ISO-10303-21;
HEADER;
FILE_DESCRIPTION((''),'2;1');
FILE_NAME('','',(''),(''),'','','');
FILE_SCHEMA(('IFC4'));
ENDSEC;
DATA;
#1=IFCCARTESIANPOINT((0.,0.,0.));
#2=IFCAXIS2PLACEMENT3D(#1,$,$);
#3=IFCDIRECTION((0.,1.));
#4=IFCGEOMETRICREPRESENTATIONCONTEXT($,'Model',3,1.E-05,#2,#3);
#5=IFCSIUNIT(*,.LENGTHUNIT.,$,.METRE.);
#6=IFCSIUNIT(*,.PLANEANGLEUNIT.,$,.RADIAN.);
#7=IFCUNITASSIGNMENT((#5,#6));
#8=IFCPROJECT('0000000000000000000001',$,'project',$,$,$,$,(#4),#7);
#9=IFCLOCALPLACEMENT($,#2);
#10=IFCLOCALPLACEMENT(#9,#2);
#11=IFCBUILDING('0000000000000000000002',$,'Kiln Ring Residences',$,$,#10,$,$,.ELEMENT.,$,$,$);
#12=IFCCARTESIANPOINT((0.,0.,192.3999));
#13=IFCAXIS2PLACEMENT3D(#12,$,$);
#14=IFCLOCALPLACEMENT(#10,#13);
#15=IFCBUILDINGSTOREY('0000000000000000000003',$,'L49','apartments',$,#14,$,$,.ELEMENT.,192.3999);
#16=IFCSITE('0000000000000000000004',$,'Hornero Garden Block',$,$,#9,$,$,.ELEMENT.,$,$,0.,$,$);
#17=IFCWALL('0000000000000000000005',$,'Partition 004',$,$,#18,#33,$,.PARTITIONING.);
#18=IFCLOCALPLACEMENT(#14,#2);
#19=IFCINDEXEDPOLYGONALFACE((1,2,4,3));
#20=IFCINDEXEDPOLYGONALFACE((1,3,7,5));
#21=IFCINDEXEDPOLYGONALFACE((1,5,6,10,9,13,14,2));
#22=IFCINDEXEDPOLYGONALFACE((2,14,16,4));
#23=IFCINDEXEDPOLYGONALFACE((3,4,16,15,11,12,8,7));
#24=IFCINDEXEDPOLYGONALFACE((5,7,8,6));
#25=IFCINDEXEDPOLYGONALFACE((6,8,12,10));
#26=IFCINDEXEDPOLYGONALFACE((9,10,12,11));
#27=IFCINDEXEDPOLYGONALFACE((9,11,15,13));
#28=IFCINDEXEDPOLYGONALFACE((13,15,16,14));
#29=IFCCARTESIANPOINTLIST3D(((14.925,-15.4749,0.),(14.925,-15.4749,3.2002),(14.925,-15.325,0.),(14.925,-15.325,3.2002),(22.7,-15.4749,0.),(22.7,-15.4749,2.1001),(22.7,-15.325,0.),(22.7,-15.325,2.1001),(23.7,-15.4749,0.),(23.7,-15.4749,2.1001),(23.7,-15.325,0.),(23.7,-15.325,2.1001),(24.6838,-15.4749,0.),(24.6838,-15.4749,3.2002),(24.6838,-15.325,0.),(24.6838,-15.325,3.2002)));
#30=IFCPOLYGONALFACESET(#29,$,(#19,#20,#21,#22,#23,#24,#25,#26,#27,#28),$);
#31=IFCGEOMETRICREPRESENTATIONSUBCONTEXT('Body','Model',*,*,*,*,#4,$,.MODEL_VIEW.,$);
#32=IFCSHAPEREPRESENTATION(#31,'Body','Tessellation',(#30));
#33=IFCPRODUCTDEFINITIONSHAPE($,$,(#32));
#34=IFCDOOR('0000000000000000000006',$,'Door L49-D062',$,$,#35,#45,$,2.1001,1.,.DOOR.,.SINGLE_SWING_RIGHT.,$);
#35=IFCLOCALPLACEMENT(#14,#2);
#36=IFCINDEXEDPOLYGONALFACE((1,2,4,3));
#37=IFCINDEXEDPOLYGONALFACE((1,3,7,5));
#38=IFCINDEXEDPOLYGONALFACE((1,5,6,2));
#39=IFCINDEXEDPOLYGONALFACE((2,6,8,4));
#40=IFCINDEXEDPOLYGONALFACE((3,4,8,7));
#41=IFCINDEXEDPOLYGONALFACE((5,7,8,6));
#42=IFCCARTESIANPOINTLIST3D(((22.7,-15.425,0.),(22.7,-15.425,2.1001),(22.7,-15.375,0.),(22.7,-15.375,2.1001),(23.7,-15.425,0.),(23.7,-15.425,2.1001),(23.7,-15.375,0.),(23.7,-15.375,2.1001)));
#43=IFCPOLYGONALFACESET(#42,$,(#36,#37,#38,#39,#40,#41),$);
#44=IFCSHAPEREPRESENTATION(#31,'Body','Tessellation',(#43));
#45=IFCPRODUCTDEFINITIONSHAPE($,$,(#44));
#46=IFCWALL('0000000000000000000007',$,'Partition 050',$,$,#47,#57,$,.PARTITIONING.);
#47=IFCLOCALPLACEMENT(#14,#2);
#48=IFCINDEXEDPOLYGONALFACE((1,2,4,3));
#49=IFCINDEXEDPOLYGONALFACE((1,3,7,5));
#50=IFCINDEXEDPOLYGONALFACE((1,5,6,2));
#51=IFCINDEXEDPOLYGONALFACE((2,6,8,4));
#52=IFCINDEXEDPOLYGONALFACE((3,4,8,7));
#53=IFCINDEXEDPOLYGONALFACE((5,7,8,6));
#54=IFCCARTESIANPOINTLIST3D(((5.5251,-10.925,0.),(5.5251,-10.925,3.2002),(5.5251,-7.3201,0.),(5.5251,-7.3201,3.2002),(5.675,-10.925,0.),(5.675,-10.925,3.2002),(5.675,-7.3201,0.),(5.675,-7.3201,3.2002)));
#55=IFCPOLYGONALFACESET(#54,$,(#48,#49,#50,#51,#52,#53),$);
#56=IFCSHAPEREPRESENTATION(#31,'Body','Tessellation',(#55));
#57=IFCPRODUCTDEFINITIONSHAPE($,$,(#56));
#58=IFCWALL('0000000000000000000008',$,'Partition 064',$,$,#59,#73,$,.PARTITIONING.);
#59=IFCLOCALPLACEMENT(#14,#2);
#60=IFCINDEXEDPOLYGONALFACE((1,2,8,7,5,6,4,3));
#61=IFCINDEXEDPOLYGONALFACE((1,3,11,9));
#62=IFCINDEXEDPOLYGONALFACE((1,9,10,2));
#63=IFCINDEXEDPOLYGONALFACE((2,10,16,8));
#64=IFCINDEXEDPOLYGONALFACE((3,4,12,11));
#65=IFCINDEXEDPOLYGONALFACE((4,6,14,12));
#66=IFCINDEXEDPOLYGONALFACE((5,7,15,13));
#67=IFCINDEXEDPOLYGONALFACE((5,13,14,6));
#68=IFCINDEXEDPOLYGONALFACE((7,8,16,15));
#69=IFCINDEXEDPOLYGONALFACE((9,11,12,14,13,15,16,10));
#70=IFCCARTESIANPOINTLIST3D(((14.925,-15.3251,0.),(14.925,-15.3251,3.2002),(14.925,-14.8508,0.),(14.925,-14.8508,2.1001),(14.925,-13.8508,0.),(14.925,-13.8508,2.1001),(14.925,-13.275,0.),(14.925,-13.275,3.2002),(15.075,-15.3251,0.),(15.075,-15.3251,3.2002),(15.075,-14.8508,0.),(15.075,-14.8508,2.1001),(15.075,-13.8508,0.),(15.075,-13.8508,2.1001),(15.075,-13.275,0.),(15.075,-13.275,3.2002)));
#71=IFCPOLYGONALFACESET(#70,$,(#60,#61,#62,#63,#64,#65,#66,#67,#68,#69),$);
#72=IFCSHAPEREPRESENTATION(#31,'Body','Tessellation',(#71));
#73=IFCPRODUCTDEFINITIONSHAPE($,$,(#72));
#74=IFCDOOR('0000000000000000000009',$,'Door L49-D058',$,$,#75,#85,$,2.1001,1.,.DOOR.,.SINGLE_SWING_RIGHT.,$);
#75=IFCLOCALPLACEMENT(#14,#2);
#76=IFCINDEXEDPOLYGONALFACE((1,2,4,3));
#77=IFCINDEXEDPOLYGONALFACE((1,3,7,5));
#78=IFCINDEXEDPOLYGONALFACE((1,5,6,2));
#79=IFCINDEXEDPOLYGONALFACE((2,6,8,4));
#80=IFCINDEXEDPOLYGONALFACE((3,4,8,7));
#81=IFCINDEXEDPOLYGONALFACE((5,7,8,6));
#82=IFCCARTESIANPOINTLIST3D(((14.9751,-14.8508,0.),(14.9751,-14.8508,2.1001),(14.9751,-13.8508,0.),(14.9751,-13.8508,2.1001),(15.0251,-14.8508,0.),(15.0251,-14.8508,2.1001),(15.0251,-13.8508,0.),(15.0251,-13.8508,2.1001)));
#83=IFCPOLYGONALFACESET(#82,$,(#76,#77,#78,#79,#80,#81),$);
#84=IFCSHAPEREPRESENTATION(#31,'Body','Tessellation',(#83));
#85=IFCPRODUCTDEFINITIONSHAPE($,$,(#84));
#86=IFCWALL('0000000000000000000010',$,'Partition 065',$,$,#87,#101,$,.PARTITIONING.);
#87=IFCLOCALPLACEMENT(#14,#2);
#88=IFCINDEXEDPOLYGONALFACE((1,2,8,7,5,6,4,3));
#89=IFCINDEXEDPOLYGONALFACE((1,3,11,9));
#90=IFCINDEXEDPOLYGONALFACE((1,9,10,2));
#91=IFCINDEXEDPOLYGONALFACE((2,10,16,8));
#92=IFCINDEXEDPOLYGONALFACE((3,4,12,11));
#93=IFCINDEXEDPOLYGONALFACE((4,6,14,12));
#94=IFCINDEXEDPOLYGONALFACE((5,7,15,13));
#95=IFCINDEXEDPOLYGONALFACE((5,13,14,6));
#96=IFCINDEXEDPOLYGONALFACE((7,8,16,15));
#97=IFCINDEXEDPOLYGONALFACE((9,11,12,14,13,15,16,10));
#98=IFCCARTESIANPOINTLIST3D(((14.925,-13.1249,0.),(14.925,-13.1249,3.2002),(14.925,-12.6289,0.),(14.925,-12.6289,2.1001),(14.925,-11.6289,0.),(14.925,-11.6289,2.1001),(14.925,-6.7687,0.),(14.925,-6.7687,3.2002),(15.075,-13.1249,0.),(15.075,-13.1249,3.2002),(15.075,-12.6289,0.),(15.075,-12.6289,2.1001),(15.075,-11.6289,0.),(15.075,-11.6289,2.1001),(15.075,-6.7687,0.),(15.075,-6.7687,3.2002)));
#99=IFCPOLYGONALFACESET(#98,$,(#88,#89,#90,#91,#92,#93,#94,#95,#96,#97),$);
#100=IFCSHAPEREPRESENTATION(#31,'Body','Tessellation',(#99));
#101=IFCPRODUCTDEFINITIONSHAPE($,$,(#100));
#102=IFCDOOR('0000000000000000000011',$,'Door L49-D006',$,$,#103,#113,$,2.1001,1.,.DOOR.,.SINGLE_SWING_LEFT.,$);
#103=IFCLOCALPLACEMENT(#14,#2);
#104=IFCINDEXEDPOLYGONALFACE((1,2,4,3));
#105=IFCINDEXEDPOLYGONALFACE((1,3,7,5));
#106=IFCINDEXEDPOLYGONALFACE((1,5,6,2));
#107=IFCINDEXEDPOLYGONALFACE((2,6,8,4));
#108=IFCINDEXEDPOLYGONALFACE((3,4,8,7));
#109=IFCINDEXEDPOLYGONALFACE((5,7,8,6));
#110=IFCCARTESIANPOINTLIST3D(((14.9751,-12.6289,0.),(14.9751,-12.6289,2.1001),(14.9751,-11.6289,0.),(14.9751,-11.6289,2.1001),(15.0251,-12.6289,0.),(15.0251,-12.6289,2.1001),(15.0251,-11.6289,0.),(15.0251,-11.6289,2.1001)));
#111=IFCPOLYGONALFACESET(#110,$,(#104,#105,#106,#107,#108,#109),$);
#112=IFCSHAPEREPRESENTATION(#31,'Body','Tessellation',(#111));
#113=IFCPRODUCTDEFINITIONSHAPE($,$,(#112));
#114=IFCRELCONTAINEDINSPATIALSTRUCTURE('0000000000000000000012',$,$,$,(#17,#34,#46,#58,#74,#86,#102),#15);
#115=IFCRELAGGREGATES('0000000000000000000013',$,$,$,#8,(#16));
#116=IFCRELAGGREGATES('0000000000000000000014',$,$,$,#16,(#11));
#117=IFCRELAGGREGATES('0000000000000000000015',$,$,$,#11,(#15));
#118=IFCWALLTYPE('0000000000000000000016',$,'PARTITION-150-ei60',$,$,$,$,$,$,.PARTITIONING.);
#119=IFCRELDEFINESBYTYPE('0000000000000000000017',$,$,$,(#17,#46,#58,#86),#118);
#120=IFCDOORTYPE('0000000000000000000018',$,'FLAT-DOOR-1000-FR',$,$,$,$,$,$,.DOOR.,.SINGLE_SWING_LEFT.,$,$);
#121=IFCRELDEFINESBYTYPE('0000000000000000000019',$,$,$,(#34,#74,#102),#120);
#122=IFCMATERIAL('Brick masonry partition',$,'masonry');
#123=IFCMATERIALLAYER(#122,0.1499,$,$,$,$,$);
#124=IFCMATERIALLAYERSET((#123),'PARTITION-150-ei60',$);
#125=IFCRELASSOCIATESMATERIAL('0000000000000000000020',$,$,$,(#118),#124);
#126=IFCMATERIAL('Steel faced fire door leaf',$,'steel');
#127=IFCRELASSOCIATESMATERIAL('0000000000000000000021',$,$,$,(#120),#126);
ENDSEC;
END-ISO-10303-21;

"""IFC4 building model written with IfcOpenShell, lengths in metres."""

from ifc_helpers import new_model, si_unit, direction, frame, frame_2d, origin, place, context, subcontext, project, spatial, rectangle, extrude, material, layer, layer_set, type_object, element, fill, save


model = new_model("IFC4")

# Units and contexts
model_context = context("Model", 3, precision=1e-05, world=origin(), true_north=direction((0.0, 1.0)))
body_context = subcontext(model_context, "Body", "Model", "MODEL_VIEW")
ifc_project = project(units=[si_unit("LENGTHUNIT", "METRE"), si_unit("PLANEANGLEUNIT", "RADIAN")], contexts=[model_context])

# Site, building, storey
site_placement = place(None, origin())
site = spatial("IfcSite", under=ifc_project, at=site_placement, Name="Hornero Garden Block", CompositionType="ELEMENT", RefElevation=0.0)
building_placement = place(site_placement, origin())
building = spatial("IfcBuilding", under=site, at=building_placement, Name="Kiln Ring Residences", CompositionType="ELEMENT")
storey_placement = place(building_placement, frame((0.0, 0.0, 192.3999)))
storey = spatial("IfcBuildingStorey", under=building, at=storey_placement, Name="L49", Description="apartments", CompositionType="ELEMENT", Elevation=192.3999)

# Wall, opening, door
ifc_material_1 = material(Name="Brick masonry partition", Category="masonry")
ifc_layer_1 = layer(ifc_material_1, 0.1499)
ifc_layer_set_1 = layer_set([ifc_layer_1], Name="PARTITION-150-ei60")
wall_type_1 = type_object("IfcWallType", Name="PARTITION-150-ei60", PredefinedType="PARTITIONING", material=ifc_layer_set_1)
wall_1_placement = place(storey_placement, frame((14.925, -15.3999, 0.0), z_axis=(0.0, 0.0, 1.0), x_axis=(1.0, 0.0, 0.0)))
wall_1 = element("IfcWall", 1, at=wall_1_placement, inside=storey, type_object=wall_type_1, Name="Partition 004", PredefinedType="PARTITIONING", context=body_context, shape_type="SweptSolid", body=[
    extrude(rectangle(XDim=9.7588, YDim=0.1499, at=frame_2d((4.8794, 0.0))), origin(), (0.0, 0.0, 1.0), 3.2002),
])
opening_1_placement = place(wall_1_placement, frame((7.7749, 0.0, 0.0)))
opening_1 = element("IfcOpeningElement", 2, at=opening_1_placement, cuts=wall_1, PredefinedType="OPENING", context=body_context, shape_type="SweptSolid", body=[
    extrude(rectangle(XDim=1.0, YDim=2.1001, at=frame_2d((0.5, 1.05))), frame((0.0, 0.085, 0.0), z_axis=(0.0, -1.0, 0.0), x_axis=(1.0, 0.0, 0.0)), (0.0, 0.0, 1.0), 0.1699),
])
ifc_material_2 = material(Name="Steel faced fire door leaf", Category="steel")
door_type_1 = type_object("IfcDoorType", Name="FLAT-DOOR-1000-FR", OperationType="SINGLE_SWING_LEFT", PredefinedType="DOOR", material=ifc_material_2)
door_1_placement = place(opening_1_placement, origin())
door_1 = element("IfcDoor", 3, at=door_1_placement, inside=storey, type_object=door_type_1, Name="Door L49-D062", OperationType="SINGLE_SWING_RIGHT", OverallHeight=2.1001, OverallWidth=1.0, PredefinedType="DOOR", context=body_context, shape_type="SweptSolid", body=[
    extrude(rectangle(XDim=1.0, YDim=2.1001, at=frame_2d((0.5, 1.05))), frame((0.0, 0.0249, 0.0), z_axis=(0.0, -1.0, 0.0), x_axis=(1.0, 0.0, 0.0)), (0.0, 0.0, 1.0), 0.05),
])
fill(opening_1, door_1)

# Wall
wall_2_placement = place(storey_placement, frame((5.6001, -10.925, 0.0), z_axis=(0.0, 0.0, 1.0), x_axis=(0.0, 1.0, 0.0)))
element("IfcWall", 4, at=wall_2_placement, inside=storey, type_object=wall_type_1, Name="Partition 050", PredefinedType="PARTITIONING", context=body_context, shape_type="SweptSolid", body=[
    extrude(rectangle(XDim=3.605, YDim=0.1499, at=frame_2d((1.8025, 0.0))), origin(), (0.0, 0.0, 1.0), 3.2002),
])

# Walls, openings, doors
wall_3_placement = place(storey_placement, frame((15.0, -15.325, 0.0), z_axis=(0.0, 0.0, 1.0), x_axis=(0.0, 1.0, 0.0)))
wall_3 = element("IfcWall", 5, at=wall_3_placement, inside=storey, type_object=wall_type_1, Name="Partition 064", PredefinedType="PARTITIONING", context=body_context, shape_type="SweptSolid", body=[
    extrude(rectangle(XDim=2.05, YDim=0.1499, at=frame_2d((1.0249, 0.0))), origin(), (0.0, 0.0, 1.0), 3.2002),
])
opening_2_placement = place(wall_3_placement, frame((0.4741, 0.0, 0.0)))
opening_2 = element("IfcOpeningElement", 6, at=opening_2_placement, cuts=wall_3, PredefinedType="OPENING", context=body_context, shape_type="SweptSolid", body=[
    extrude(rectangle(XDim=1.0, YDim=2.1001, at=frame_2d((0.5, 1.05))), frame((0.0, 0.085, 0.0), z_axis=(0.0, -1.0, 0.0), x_axis=(1.0, 0.0, 0.0)), (0.0, 0.0, 1.0), 0.1699),
])
door_2_placement = place(opening_2_placement, origin())
door_2 = element("IfcDoor", 7, at=door_2_placement, inside=storey, type_object=door_type_1, Name="Door L49-D058", OperationType="SINGLE_SWING_RIGHT", OverallHeight=2.1001, OverallWidth=1.0, PredefinedType="DOOR", context=body_context, shape_type="SweptSolid", body=[
    extrude(rectangle(XDim=1.0, YDim=2.1001, at=frame_2d((0.5, 1.05))), frame((0.0, 0.0249, 0.0), z_axis=(0.0, -1.0, 0.0), x_axis=(1.0, 0.0, 0.0)), (0.0, 0.0, 1.0), 0.05),
])
fill(opening_2, door_2)
wall_4_placement = place(storey_placement, frame((15.0, -13.125, 0.0), z_axis=(0.0, 0.0, 1.0), x_axis=(0.0, 1.0, 0.0)))
wall_4 = element("IfcWall", 8, at=wall_4_placement, inside=storey, type_object=wall_type_1, Name="Partition 065", PredefinedType="PARTITIONING", context=body_context, shape_type="SweptSolid", body=[
    extrude(rectangle(XDim=6.3562, YDim=0.1499, at=frame_2d((3.1782, 0.0))), origin(), (0.0, 0.0, 1.0), 3.2002),
])
opening_3_placement = place(wall_4_placement, frame((0.4961, 0.0, 0.0)))
opening_3 = element("IfcOpeningElement", 9, at=opening_3_placement, cuts=wall_4, PredefinedType="OPENING", context=body_context, shape_type="SweptSolid", body=[
    extrude(rectangle(XDim=1.0, YDim=2.1001, at=frame_2d((0.5, 1.05))), frame((0.0, 0.085, 0.0), z_axis=(0.0, -1.0, 0.0), x_axis=(1.0, 0.0, 0.0)), (0.0, 0.0, 1.0), 0.1699),
])
door_3_placement = place(opening_3_placement, origin())
door_3 = element("IfcDoor", 10, at=door_3_placement, inside=storey, type_object=door_type_1, Name="Door L49-D006", OperationType="SINGLE_SWING_LEFT", OverallHeight=2.1001, OverallWidth=1.0, PredefinedType="DOOR", context=body_context, shape_type="SweptSolid", body=[
    extrude(rectangle(XDim=1.0, YDim=2.1001, at=frame_2d((0.5, 1.05))), frame((0.0, 0.0249, 0.0), z_axis=(0.0, -1.0, 0.0), x_axis=(1.0, 0.0, 0.0)), (0.0, 0.0, 1.0), 0.05),
])
fill(opening_3, door_3)

save(model, "model.ifc")
